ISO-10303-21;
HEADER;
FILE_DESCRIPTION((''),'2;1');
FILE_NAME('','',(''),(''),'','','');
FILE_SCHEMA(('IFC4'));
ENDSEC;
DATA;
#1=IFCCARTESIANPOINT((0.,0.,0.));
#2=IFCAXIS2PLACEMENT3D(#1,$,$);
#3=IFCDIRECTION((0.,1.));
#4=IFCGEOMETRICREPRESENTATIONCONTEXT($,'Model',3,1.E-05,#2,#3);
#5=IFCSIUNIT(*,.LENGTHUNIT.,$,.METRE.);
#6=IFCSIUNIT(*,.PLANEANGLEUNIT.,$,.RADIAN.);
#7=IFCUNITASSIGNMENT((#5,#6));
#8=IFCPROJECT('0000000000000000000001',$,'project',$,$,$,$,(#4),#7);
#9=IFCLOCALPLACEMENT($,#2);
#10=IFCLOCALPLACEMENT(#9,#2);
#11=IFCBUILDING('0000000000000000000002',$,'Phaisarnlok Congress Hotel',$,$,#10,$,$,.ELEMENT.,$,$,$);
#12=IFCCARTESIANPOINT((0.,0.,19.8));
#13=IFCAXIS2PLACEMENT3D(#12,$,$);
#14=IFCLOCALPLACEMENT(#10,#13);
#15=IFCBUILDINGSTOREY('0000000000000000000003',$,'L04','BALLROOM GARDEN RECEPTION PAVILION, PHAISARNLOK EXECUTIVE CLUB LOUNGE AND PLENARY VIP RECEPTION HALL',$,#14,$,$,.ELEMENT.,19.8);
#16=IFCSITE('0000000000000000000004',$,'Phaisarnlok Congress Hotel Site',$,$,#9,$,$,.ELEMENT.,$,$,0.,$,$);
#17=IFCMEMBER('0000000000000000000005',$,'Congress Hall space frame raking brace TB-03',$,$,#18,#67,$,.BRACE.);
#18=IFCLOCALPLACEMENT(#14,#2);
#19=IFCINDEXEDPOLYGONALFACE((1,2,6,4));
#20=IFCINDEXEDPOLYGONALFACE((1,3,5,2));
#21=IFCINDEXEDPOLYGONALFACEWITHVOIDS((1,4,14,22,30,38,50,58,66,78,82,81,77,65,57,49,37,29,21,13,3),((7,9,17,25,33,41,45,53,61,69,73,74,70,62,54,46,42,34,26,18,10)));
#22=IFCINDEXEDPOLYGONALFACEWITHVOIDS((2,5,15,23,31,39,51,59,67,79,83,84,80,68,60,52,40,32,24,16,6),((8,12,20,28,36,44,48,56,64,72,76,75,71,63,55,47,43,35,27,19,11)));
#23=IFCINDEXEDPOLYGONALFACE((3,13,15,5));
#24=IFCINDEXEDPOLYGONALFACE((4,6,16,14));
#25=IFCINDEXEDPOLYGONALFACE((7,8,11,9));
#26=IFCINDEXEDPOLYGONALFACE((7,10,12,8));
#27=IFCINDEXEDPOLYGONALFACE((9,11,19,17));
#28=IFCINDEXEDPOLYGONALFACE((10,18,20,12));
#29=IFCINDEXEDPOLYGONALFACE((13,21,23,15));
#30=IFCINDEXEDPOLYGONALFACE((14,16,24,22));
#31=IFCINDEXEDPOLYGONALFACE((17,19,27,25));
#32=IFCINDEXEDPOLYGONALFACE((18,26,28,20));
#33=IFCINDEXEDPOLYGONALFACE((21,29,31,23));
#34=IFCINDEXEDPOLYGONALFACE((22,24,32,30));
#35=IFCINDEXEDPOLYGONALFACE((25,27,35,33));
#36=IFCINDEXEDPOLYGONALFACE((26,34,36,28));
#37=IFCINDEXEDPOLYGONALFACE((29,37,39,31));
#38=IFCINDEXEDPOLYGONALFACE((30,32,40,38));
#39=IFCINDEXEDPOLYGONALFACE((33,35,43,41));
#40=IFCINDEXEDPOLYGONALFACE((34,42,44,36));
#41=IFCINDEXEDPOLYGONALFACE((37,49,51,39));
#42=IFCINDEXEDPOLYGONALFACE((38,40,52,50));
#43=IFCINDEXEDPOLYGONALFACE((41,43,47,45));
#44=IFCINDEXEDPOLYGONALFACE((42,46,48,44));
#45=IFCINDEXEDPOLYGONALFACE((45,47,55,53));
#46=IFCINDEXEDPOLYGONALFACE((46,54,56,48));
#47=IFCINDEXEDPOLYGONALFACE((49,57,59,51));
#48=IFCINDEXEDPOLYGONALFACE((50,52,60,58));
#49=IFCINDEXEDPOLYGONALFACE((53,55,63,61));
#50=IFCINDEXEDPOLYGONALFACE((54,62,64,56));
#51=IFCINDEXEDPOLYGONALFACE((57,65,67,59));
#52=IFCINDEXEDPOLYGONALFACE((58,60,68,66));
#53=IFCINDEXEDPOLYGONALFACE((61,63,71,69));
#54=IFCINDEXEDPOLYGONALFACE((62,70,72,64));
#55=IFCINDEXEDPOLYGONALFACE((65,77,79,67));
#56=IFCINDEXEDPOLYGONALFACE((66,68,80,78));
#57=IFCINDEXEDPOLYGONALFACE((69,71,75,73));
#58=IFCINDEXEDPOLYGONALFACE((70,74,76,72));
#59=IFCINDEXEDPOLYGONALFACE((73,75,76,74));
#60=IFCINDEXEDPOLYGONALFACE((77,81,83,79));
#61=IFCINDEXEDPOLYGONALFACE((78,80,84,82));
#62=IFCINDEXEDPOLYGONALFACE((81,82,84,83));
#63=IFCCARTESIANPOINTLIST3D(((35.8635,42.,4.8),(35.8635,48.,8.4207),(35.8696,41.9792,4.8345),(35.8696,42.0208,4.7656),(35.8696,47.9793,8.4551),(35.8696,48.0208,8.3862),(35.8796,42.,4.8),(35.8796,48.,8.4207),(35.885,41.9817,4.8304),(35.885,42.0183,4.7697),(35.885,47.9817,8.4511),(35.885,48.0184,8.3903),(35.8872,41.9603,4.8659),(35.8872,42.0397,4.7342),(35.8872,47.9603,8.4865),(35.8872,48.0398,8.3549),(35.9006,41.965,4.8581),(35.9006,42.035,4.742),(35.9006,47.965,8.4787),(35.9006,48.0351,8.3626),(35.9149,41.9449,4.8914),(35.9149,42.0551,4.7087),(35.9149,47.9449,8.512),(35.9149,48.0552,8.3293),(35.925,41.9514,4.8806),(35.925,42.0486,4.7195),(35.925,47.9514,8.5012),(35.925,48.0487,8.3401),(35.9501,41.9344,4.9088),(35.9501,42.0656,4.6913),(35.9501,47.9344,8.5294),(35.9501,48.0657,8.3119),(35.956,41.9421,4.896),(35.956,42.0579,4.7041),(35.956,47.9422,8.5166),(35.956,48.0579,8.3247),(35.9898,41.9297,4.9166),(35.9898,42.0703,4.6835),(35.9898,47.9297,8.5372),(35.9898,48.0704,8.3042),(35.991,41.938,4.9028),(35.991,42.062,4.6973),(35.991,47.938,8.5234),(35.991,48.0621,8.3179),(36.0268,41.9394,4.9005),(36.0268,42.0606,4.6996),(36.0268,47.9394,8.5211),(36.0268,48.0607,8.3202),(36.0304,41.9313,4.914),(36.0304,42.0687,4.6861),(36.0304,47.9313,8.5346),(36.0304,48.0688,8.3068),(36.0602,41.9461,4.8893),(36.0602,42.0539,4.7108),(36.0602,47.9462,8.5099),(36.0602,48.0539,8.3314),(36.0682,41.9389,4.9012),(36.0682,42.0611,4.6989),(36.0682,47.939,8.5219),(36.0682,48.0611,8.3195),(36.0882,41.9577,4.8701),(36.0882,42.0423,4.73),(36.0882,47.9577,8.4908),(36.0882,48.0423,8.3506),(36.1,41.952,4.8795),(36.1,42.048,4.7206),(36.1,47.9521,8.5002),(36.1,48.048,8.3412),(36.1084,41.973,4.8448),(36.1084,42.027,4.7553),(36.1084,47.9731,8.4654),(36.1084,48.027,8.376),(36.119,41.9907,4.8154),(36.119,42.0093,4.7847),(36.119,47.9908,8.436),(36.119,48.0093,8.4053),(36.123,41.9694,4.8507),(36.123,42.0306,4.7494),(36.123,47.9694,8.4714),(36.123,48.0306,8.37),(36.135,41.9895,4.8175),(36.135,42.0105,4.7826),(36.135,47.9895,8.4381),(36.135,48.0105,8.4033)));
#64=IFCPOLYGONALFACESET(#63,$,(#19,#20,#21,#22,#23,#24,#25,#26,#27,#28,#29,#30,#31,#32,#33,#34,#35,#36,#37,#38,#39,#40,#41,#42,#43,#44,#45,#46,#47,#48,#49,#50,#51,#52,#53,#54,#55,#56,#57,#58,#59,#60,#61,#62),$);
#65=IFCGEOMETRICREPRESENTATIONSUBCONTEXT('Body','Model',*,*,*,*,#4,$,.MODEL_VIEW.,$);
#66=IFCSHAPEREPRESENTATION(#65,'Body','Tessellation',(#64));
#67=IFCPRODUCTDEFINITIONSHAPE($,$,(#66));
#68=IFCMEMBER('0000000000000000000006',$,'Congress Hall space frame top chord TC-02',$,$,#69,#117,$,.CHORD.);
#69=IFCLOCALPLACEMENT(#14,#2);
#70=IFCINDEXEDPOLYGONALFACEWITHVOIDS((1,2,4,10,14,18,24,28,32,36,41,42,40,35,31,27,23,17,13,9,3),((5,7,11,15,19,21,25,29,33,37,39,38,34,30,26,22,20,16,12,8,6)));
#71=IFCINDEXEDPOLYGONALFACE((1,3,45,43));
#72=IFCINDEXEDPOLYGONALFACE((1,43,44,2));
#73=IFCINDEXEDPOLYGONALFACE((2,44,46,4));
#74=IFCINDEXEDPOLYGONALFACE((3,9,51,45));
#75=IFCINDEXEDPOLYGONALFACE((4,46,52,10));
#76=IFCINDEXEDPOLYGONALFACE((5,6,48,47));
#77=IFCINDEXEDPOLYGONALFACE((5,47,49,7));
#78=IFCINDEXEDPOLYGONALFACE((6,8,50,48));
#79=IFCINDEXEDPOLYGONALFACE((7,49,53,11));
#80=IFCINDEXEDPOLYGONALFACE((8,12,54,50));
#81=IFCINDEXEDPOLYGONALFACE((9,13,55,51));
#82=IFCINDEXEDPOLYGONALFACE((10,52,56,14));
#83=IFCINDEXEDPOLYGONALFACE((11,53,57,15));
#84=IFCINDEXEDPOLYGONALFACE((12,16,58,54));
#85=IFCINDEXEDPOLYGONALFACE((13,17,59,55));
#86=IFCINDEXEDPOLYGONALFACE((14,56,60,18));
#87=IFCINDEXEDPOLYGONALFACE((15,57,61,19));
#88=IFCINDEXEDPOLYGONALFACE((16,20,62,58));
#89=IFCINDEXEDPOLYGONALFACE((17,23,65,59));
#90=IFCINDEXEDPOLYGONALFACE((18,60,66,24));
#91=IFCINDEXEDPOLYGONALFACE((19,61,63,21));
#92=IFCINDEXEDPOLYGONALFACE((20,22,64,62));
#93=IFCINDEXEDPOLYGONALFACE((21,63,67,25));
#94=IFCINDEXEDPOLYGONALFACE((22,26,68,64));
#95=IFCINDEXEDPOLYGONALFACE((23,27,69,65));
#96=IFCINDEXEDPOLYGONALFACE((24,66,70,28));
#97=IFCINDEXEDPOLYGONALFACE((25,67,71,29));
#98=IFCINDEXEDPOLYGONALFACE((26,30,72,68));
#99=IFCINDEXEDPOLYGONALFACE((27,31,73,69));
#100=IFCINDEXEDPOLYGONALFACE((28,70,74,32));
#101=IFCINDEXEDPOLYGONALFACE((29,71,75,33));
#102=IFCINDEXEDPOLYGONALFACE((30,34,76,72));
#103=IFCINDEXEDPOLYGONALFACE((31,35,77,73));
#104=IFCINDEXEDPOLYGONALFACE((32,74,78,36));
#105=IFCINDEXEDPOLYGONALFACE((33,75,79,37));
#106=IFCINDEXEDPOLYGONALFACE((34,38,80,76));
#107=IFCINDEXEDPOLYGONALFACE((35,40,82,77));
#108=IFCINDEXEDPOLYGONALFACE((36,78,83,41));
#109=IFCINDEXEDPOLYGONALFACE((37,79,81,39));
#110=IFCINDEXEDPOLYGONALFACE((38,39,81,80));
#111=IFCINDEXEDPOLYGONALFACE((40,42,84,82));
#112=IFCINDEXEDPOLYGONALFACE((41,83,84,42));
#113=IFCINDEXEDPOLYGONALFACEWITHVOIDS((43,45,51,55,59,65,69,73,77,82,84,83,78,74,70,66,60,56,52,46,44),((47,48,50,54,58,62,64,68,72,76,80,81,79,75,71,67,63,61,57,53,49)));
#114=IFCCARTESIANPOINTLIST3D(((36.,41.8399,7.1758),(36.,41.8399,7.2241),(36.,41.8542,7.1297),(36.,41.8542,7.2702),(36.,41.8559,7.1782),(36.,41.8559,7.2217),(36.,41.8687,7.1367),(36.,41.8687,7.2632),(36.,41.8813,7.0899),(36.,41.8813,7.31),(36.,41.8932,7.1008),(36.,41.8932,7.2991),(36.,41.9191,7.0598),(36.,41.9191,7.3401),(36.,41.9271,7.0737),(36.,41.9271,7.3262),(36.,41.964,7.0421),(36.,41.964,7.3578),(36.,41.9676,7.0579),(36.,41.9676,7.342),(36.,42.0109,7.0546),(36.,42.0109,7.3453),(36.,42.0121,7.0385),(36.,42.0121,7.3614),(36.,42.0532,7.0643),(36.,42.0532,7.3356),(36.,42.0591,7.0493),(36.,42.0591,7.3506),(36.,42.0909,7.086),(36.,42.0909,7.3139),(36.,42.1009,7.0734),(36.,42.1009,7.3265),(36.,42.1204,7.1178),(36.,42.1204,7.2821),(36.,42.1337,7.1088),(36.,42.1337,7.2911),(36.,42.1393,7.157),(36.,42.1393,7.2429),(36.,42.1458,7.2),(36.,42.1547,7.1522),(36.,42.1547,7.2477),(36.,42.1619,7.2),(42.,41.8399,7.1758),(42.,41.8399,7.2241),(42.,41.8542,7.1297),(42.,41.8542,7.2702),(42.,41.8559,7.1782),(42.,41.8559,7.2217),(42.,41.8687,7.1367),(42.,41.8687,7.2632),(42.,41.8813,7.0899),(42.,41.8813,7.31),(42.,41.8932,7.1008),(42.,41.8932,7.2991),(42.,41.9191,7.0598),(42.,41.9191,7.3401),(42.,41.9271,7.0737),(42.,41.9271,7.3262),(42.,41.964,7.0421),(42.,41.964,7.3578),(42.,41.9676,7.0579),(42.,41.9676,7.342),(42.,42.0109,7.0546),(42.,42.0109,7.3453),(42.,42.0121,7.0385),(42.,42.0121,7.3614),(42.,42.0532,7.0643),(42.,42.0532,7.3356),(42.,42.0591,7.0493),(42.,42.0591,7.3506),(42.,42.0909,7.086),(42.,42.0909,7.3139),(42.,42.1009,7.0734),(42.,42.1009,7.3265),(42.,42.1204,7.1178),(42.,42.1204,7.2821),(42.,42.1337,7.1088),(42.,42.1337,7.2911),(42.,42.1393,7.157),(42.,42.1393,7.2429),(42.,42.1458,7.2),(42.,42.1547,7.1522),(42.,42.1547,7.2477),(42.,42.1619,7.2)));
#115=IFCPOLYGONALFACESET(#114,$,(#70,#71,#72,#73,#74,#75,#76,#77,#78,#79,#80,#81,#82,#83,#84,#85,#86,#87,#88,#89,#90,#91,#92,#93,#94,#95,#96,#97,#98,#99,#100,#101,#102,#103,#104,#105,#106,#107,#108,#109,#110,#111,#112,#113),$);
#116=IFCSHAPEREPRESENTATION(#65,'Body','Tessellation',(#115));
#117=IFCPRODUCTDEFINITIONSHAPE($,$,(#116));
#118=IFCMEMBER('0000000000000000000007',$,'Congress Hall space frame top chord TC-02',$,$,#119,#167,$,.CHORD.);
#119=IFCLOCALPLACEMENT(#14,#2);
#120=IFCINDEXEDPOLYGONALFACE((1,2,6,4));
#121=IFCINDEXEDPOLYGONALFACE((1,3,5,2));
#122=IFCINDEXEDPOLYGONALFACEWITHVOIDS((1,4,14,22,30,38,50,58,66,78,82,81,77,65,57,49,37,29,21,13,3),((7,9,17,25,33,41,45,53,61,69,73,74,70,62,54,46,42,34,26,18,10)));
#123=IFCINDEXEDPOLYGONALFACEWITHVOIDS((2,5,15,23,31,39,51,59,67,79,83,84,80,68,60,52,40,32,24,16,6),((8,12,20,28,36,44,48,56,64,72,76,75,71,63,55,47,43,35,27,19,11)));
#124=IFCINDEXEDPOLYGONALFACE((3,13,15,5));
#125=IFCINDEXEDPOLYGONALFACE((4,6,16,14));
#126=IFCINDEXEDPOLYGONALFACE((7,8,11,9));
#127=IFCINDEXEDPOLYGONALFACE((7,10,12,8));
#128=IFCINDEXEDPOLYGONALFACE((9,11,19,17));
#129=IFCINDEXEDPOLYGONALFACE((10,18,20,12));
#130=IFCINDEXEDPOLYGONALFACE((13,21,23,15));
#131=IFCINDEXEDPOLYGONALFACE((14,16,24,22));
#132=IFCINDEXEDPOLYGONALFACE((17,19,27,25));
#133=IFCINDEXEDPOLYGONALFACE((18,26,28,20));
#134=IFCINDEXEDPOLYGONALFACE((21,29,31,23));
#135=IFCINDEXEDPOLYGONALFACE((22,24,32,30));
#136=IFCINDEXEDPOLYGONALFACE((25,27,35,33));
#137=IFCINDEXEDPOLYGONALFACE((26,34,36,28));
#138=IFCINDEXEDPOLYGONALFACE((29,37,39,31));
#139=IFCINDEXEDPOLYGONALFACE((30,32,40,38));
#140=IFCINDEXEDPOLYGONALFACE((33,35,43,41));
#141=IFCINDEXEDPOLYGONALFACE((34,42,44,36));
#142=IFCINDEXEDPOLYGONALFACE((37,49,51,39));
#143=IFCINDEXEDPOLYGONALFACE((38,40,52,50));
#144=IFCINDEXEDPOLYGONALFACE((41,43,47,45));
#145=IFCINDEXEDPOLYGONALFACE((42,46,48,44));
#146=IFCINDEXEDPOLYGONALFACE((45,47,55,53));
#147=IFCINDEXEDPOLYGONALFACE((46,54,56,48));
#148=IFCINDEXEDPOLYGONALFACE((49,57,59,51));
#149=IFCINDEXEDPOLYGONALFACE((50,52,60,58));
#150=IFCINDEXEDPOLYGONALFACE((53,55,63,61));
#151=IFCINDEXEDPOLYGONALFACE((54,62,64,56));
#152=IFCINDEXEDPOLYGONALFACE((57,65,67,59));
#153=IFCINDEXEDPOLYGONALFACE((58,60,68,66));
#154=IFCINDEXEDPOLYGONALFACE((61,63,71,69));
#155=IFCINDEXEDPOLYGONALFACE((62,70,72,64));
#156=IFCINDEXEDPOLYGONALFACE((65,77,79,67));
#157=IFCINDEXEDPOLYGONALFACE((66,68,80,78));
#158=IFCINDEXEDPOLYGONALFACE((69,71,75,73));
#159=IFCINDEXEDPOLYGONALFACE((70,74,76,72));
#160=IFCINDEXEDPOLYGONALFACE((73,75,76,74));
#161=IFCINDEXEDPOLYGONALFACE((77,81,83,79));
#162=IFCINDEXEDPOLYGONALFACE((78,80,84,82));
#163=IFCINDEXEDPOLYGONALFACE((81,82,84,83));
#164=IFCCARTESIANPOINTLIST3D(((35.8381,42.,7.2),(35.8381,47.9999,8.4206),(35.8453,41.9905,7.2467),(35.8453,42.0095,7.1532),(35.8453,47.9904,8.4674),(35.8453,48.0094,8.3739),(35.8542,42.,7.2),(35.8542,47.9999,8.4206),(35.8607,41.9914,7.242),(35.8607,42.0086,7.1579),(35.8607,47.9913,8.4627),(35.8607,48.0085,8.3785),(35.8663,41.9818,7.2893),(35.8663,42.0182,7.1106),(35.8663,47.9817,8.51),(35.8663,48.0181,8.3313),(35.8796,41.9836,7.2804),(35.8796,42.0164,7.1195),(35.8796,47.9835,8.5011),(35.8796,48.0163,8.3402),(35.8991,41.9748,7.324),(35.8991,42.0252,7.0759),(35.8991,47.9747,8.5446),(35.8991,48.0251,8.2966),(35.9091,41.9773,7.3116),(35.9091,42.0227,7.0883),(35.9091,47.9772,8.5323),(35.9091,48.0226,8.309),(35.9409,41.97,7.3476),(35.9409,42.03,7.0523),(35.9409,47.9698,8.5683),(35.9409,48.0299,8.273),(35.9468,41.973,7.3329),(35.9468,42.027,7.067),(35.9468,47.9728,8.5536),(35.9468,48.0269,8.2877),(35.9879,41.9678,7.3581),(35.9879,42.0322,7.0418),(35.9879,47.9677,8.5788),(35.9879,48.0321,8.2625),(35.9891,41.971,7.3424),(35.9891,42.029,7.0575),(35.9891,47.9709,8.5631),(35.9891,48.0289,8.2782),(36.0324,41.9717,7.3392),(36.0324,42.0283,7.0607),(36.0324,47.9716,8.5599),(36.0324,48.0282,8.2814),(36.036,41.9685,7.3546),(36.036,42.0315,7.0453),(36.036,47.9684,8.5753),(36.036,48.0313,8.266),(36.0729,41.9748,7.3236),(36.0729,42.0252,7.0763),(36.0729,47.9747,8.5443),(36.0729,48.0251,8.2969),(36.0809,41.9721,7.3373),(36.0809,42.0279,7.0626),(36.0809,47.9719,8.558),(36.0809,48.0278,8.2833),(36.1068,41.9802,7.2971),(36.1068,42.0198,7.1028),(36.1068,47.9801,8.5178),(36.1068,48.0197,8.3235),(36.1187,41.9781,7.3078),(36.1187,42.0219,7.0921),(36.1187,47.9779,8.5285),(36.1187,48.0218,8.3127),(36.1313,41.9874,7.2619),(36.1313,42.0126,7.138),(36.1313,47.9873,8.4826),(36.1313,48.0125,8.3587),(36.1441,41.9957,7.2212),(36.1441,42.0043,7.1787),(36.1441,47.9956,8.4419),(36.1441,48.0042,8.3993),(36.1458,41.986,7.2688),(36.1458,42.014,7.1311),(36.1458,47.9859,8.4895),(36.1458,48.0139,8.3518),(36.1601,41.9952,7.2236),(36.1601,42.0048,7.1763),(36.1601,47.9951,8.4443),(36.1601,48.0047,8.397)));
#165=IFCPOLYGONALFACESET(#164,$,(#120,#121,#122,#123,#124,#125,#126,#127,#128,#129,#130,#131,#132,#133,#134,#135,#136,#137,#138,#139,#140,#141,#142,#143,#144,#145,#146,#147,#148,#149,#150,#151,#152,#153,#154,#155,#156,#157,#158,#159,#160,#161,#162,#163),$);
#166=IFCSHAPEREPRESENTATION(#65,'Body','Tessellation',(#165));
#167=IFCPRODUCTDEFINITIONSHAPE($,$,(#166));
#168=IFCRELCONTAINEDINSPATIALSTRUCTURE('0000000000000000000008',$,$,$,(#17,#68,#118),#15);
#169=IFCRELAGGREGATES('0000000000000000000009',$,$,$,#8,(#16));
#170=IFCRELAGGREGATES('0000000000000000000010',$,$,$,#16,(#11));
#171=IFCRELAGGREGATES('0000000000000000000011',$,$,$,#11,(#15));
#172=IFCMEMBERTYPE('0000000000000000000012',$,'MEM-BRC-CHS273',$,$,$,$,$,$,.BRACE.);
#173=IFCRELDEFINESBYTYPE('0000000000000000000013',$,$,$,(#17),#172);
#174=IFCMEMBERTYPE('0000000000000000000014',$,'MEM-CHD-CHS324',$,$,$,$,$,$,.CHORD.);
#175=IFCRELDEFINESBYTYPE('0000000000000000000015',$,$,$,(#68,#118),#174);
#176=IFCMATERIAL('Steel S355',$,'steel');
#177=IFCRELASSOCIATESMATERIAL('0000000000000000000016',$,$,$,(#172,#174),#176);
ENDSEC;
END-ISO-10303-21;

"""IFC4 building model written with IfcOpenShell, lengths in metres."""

from ifc_helpers import new_model, si_unit, direction, frame, origin, origin_2d, place, context, subcontext, project, spatial, hollow_circle, extrude, material, material_profile, profile_set, type_object, element, save


model = new_model("IFC4")

# Units and contexts
model_context = context("Model", 3, precision=1e-05, world=origin(), true_north=direction((0.0, 1.0)))
body_context = subcontext(model_context, "Body", "Model", "MODEL_VIEW")
ifc_project = project(units=[si_unit("LENGTHUNIT", "METRE"), si_unit("PLANEANGLEUNIT", "RADIAN")], contexts=[model_context])

# Site, building, storey
site_placement = place(None, origin())
site = spatial("IfcSite", under=ifc_project, at=site_placement, Name="Phaisarnlok Congress Hotel Site", CompositionType="ELEMENT", RefElevation=0.0)
building_placement = place(site_placement, origin())
building = spatial("IfcBuilding", under=site, at=building_placement, Name="Phaisarnlok Congress Hotel", CompositionType="ELEMENT")
storey_placement = place(building_placement, frame((0.0, 0.0, 19.8)))
storey = spatial("IfcBuildingStorey", under=building, at=storey_placement, Name="L04", Description="BALLROOM GARDEN RECEPTION PAVILION, PHAISARNLOK EXECUTIVE CLUB LOUNGE AND PLENARY VIP RECEPTION HALL", CompositionType="ELEMENT", Elevation=19.8)

# Members
ifc_material_1 = material(Name="Steel S355", Category="steel")
ifc_material_profile_1 = material_profile(ifc_material_1, hollow_circle(Radius=0.1365, WallThickness=0.0161, at=origin_2d()), Name="CHS 273x16")
ifc_profile_set_1 = profile_set([ifc_material_profile_1], Name="Steel S355")
member_type_1 = type_object("IfcMemberType", Name="MEM-BRC-CHS273", PredefinedType="BRACE", material=ifc_profile_set_1)
member_1_placement = place(storey_placement, frame((36.0, 42.0, 4.8), z_axis=(0.0, 0.856193, 0.516656), x_axis=(-1.0, 0.0, 0.0)))
element("IfcMember", 1, at=member_1_placement, inside=storey, type_object=member_type_1, Name="Congress Hall space frame raking brace TB-03", PredefinedType="BRACE", context=body_context, shape_type="SweptSolid", body=[
    extrude(hollow_circle(Radius=0.1365, WallThickness=0.0161, at=origin_2d()), origin(), (0.0, 0.0, 1.0), 7.0078),
])
ifc_material_profile_2 = material_profile(ifc_material_1, hollow_circle(Radius=0.1619, WallThickness=0.0161, at=origin_2d()), Name="CHS 323.9x16")
ifc_profile_set_2 = profile_set([ifc_material_profile_2], Name="Steel S355")
member_type_2 = type_object("IfcMemberType", Name="MEM-CHD-CHS324", PredefinedType="CHORD", material=ifc_profile_set_2)
member_2_placement = place(storey_placement, frame((36.0, 42.0, 7.2), z_axis=(1.0, 0.0, 0.0), x_axis=(0.0, 1.0, 0.0)))
element("IfcMember", 2, at=member_2_placement, inside=storey, type_object=member_type_2, Name="Congress Hall space frame top chord TC-02", PredefinedType="CHORD", context=body_context, shape_type="SweptSolid", body=[
    extrude(hollow_circle(Radius=0.1619, WallThickness=0.0161, at=origin_2d()), origin(), (0.0, 0.0, 1.0), 6.0),
])
member_3_placement = place(storey_placement, frame((36.0, 42.0, 7.2), z_axis=(0.0, 0.979925, 0.199366), x_axis=(-1.0, 0.0, 0.0)))
element("IfcMember", 3, at=member_3_placement, inside=storey, type_object=member_type_2, Name="Congress Hall space frame top chord TC-02", PredefinedType="CHORD", context=body_context, shape_type="SweptSolid", body=[
    extrude(hollow_circle(Radius=0.1619, WallThickness=0.0161, at=origin_2d()), origin(), (0.0, 0.0, 1.0), 6.1228),
])

save(model, "model.ifc")
